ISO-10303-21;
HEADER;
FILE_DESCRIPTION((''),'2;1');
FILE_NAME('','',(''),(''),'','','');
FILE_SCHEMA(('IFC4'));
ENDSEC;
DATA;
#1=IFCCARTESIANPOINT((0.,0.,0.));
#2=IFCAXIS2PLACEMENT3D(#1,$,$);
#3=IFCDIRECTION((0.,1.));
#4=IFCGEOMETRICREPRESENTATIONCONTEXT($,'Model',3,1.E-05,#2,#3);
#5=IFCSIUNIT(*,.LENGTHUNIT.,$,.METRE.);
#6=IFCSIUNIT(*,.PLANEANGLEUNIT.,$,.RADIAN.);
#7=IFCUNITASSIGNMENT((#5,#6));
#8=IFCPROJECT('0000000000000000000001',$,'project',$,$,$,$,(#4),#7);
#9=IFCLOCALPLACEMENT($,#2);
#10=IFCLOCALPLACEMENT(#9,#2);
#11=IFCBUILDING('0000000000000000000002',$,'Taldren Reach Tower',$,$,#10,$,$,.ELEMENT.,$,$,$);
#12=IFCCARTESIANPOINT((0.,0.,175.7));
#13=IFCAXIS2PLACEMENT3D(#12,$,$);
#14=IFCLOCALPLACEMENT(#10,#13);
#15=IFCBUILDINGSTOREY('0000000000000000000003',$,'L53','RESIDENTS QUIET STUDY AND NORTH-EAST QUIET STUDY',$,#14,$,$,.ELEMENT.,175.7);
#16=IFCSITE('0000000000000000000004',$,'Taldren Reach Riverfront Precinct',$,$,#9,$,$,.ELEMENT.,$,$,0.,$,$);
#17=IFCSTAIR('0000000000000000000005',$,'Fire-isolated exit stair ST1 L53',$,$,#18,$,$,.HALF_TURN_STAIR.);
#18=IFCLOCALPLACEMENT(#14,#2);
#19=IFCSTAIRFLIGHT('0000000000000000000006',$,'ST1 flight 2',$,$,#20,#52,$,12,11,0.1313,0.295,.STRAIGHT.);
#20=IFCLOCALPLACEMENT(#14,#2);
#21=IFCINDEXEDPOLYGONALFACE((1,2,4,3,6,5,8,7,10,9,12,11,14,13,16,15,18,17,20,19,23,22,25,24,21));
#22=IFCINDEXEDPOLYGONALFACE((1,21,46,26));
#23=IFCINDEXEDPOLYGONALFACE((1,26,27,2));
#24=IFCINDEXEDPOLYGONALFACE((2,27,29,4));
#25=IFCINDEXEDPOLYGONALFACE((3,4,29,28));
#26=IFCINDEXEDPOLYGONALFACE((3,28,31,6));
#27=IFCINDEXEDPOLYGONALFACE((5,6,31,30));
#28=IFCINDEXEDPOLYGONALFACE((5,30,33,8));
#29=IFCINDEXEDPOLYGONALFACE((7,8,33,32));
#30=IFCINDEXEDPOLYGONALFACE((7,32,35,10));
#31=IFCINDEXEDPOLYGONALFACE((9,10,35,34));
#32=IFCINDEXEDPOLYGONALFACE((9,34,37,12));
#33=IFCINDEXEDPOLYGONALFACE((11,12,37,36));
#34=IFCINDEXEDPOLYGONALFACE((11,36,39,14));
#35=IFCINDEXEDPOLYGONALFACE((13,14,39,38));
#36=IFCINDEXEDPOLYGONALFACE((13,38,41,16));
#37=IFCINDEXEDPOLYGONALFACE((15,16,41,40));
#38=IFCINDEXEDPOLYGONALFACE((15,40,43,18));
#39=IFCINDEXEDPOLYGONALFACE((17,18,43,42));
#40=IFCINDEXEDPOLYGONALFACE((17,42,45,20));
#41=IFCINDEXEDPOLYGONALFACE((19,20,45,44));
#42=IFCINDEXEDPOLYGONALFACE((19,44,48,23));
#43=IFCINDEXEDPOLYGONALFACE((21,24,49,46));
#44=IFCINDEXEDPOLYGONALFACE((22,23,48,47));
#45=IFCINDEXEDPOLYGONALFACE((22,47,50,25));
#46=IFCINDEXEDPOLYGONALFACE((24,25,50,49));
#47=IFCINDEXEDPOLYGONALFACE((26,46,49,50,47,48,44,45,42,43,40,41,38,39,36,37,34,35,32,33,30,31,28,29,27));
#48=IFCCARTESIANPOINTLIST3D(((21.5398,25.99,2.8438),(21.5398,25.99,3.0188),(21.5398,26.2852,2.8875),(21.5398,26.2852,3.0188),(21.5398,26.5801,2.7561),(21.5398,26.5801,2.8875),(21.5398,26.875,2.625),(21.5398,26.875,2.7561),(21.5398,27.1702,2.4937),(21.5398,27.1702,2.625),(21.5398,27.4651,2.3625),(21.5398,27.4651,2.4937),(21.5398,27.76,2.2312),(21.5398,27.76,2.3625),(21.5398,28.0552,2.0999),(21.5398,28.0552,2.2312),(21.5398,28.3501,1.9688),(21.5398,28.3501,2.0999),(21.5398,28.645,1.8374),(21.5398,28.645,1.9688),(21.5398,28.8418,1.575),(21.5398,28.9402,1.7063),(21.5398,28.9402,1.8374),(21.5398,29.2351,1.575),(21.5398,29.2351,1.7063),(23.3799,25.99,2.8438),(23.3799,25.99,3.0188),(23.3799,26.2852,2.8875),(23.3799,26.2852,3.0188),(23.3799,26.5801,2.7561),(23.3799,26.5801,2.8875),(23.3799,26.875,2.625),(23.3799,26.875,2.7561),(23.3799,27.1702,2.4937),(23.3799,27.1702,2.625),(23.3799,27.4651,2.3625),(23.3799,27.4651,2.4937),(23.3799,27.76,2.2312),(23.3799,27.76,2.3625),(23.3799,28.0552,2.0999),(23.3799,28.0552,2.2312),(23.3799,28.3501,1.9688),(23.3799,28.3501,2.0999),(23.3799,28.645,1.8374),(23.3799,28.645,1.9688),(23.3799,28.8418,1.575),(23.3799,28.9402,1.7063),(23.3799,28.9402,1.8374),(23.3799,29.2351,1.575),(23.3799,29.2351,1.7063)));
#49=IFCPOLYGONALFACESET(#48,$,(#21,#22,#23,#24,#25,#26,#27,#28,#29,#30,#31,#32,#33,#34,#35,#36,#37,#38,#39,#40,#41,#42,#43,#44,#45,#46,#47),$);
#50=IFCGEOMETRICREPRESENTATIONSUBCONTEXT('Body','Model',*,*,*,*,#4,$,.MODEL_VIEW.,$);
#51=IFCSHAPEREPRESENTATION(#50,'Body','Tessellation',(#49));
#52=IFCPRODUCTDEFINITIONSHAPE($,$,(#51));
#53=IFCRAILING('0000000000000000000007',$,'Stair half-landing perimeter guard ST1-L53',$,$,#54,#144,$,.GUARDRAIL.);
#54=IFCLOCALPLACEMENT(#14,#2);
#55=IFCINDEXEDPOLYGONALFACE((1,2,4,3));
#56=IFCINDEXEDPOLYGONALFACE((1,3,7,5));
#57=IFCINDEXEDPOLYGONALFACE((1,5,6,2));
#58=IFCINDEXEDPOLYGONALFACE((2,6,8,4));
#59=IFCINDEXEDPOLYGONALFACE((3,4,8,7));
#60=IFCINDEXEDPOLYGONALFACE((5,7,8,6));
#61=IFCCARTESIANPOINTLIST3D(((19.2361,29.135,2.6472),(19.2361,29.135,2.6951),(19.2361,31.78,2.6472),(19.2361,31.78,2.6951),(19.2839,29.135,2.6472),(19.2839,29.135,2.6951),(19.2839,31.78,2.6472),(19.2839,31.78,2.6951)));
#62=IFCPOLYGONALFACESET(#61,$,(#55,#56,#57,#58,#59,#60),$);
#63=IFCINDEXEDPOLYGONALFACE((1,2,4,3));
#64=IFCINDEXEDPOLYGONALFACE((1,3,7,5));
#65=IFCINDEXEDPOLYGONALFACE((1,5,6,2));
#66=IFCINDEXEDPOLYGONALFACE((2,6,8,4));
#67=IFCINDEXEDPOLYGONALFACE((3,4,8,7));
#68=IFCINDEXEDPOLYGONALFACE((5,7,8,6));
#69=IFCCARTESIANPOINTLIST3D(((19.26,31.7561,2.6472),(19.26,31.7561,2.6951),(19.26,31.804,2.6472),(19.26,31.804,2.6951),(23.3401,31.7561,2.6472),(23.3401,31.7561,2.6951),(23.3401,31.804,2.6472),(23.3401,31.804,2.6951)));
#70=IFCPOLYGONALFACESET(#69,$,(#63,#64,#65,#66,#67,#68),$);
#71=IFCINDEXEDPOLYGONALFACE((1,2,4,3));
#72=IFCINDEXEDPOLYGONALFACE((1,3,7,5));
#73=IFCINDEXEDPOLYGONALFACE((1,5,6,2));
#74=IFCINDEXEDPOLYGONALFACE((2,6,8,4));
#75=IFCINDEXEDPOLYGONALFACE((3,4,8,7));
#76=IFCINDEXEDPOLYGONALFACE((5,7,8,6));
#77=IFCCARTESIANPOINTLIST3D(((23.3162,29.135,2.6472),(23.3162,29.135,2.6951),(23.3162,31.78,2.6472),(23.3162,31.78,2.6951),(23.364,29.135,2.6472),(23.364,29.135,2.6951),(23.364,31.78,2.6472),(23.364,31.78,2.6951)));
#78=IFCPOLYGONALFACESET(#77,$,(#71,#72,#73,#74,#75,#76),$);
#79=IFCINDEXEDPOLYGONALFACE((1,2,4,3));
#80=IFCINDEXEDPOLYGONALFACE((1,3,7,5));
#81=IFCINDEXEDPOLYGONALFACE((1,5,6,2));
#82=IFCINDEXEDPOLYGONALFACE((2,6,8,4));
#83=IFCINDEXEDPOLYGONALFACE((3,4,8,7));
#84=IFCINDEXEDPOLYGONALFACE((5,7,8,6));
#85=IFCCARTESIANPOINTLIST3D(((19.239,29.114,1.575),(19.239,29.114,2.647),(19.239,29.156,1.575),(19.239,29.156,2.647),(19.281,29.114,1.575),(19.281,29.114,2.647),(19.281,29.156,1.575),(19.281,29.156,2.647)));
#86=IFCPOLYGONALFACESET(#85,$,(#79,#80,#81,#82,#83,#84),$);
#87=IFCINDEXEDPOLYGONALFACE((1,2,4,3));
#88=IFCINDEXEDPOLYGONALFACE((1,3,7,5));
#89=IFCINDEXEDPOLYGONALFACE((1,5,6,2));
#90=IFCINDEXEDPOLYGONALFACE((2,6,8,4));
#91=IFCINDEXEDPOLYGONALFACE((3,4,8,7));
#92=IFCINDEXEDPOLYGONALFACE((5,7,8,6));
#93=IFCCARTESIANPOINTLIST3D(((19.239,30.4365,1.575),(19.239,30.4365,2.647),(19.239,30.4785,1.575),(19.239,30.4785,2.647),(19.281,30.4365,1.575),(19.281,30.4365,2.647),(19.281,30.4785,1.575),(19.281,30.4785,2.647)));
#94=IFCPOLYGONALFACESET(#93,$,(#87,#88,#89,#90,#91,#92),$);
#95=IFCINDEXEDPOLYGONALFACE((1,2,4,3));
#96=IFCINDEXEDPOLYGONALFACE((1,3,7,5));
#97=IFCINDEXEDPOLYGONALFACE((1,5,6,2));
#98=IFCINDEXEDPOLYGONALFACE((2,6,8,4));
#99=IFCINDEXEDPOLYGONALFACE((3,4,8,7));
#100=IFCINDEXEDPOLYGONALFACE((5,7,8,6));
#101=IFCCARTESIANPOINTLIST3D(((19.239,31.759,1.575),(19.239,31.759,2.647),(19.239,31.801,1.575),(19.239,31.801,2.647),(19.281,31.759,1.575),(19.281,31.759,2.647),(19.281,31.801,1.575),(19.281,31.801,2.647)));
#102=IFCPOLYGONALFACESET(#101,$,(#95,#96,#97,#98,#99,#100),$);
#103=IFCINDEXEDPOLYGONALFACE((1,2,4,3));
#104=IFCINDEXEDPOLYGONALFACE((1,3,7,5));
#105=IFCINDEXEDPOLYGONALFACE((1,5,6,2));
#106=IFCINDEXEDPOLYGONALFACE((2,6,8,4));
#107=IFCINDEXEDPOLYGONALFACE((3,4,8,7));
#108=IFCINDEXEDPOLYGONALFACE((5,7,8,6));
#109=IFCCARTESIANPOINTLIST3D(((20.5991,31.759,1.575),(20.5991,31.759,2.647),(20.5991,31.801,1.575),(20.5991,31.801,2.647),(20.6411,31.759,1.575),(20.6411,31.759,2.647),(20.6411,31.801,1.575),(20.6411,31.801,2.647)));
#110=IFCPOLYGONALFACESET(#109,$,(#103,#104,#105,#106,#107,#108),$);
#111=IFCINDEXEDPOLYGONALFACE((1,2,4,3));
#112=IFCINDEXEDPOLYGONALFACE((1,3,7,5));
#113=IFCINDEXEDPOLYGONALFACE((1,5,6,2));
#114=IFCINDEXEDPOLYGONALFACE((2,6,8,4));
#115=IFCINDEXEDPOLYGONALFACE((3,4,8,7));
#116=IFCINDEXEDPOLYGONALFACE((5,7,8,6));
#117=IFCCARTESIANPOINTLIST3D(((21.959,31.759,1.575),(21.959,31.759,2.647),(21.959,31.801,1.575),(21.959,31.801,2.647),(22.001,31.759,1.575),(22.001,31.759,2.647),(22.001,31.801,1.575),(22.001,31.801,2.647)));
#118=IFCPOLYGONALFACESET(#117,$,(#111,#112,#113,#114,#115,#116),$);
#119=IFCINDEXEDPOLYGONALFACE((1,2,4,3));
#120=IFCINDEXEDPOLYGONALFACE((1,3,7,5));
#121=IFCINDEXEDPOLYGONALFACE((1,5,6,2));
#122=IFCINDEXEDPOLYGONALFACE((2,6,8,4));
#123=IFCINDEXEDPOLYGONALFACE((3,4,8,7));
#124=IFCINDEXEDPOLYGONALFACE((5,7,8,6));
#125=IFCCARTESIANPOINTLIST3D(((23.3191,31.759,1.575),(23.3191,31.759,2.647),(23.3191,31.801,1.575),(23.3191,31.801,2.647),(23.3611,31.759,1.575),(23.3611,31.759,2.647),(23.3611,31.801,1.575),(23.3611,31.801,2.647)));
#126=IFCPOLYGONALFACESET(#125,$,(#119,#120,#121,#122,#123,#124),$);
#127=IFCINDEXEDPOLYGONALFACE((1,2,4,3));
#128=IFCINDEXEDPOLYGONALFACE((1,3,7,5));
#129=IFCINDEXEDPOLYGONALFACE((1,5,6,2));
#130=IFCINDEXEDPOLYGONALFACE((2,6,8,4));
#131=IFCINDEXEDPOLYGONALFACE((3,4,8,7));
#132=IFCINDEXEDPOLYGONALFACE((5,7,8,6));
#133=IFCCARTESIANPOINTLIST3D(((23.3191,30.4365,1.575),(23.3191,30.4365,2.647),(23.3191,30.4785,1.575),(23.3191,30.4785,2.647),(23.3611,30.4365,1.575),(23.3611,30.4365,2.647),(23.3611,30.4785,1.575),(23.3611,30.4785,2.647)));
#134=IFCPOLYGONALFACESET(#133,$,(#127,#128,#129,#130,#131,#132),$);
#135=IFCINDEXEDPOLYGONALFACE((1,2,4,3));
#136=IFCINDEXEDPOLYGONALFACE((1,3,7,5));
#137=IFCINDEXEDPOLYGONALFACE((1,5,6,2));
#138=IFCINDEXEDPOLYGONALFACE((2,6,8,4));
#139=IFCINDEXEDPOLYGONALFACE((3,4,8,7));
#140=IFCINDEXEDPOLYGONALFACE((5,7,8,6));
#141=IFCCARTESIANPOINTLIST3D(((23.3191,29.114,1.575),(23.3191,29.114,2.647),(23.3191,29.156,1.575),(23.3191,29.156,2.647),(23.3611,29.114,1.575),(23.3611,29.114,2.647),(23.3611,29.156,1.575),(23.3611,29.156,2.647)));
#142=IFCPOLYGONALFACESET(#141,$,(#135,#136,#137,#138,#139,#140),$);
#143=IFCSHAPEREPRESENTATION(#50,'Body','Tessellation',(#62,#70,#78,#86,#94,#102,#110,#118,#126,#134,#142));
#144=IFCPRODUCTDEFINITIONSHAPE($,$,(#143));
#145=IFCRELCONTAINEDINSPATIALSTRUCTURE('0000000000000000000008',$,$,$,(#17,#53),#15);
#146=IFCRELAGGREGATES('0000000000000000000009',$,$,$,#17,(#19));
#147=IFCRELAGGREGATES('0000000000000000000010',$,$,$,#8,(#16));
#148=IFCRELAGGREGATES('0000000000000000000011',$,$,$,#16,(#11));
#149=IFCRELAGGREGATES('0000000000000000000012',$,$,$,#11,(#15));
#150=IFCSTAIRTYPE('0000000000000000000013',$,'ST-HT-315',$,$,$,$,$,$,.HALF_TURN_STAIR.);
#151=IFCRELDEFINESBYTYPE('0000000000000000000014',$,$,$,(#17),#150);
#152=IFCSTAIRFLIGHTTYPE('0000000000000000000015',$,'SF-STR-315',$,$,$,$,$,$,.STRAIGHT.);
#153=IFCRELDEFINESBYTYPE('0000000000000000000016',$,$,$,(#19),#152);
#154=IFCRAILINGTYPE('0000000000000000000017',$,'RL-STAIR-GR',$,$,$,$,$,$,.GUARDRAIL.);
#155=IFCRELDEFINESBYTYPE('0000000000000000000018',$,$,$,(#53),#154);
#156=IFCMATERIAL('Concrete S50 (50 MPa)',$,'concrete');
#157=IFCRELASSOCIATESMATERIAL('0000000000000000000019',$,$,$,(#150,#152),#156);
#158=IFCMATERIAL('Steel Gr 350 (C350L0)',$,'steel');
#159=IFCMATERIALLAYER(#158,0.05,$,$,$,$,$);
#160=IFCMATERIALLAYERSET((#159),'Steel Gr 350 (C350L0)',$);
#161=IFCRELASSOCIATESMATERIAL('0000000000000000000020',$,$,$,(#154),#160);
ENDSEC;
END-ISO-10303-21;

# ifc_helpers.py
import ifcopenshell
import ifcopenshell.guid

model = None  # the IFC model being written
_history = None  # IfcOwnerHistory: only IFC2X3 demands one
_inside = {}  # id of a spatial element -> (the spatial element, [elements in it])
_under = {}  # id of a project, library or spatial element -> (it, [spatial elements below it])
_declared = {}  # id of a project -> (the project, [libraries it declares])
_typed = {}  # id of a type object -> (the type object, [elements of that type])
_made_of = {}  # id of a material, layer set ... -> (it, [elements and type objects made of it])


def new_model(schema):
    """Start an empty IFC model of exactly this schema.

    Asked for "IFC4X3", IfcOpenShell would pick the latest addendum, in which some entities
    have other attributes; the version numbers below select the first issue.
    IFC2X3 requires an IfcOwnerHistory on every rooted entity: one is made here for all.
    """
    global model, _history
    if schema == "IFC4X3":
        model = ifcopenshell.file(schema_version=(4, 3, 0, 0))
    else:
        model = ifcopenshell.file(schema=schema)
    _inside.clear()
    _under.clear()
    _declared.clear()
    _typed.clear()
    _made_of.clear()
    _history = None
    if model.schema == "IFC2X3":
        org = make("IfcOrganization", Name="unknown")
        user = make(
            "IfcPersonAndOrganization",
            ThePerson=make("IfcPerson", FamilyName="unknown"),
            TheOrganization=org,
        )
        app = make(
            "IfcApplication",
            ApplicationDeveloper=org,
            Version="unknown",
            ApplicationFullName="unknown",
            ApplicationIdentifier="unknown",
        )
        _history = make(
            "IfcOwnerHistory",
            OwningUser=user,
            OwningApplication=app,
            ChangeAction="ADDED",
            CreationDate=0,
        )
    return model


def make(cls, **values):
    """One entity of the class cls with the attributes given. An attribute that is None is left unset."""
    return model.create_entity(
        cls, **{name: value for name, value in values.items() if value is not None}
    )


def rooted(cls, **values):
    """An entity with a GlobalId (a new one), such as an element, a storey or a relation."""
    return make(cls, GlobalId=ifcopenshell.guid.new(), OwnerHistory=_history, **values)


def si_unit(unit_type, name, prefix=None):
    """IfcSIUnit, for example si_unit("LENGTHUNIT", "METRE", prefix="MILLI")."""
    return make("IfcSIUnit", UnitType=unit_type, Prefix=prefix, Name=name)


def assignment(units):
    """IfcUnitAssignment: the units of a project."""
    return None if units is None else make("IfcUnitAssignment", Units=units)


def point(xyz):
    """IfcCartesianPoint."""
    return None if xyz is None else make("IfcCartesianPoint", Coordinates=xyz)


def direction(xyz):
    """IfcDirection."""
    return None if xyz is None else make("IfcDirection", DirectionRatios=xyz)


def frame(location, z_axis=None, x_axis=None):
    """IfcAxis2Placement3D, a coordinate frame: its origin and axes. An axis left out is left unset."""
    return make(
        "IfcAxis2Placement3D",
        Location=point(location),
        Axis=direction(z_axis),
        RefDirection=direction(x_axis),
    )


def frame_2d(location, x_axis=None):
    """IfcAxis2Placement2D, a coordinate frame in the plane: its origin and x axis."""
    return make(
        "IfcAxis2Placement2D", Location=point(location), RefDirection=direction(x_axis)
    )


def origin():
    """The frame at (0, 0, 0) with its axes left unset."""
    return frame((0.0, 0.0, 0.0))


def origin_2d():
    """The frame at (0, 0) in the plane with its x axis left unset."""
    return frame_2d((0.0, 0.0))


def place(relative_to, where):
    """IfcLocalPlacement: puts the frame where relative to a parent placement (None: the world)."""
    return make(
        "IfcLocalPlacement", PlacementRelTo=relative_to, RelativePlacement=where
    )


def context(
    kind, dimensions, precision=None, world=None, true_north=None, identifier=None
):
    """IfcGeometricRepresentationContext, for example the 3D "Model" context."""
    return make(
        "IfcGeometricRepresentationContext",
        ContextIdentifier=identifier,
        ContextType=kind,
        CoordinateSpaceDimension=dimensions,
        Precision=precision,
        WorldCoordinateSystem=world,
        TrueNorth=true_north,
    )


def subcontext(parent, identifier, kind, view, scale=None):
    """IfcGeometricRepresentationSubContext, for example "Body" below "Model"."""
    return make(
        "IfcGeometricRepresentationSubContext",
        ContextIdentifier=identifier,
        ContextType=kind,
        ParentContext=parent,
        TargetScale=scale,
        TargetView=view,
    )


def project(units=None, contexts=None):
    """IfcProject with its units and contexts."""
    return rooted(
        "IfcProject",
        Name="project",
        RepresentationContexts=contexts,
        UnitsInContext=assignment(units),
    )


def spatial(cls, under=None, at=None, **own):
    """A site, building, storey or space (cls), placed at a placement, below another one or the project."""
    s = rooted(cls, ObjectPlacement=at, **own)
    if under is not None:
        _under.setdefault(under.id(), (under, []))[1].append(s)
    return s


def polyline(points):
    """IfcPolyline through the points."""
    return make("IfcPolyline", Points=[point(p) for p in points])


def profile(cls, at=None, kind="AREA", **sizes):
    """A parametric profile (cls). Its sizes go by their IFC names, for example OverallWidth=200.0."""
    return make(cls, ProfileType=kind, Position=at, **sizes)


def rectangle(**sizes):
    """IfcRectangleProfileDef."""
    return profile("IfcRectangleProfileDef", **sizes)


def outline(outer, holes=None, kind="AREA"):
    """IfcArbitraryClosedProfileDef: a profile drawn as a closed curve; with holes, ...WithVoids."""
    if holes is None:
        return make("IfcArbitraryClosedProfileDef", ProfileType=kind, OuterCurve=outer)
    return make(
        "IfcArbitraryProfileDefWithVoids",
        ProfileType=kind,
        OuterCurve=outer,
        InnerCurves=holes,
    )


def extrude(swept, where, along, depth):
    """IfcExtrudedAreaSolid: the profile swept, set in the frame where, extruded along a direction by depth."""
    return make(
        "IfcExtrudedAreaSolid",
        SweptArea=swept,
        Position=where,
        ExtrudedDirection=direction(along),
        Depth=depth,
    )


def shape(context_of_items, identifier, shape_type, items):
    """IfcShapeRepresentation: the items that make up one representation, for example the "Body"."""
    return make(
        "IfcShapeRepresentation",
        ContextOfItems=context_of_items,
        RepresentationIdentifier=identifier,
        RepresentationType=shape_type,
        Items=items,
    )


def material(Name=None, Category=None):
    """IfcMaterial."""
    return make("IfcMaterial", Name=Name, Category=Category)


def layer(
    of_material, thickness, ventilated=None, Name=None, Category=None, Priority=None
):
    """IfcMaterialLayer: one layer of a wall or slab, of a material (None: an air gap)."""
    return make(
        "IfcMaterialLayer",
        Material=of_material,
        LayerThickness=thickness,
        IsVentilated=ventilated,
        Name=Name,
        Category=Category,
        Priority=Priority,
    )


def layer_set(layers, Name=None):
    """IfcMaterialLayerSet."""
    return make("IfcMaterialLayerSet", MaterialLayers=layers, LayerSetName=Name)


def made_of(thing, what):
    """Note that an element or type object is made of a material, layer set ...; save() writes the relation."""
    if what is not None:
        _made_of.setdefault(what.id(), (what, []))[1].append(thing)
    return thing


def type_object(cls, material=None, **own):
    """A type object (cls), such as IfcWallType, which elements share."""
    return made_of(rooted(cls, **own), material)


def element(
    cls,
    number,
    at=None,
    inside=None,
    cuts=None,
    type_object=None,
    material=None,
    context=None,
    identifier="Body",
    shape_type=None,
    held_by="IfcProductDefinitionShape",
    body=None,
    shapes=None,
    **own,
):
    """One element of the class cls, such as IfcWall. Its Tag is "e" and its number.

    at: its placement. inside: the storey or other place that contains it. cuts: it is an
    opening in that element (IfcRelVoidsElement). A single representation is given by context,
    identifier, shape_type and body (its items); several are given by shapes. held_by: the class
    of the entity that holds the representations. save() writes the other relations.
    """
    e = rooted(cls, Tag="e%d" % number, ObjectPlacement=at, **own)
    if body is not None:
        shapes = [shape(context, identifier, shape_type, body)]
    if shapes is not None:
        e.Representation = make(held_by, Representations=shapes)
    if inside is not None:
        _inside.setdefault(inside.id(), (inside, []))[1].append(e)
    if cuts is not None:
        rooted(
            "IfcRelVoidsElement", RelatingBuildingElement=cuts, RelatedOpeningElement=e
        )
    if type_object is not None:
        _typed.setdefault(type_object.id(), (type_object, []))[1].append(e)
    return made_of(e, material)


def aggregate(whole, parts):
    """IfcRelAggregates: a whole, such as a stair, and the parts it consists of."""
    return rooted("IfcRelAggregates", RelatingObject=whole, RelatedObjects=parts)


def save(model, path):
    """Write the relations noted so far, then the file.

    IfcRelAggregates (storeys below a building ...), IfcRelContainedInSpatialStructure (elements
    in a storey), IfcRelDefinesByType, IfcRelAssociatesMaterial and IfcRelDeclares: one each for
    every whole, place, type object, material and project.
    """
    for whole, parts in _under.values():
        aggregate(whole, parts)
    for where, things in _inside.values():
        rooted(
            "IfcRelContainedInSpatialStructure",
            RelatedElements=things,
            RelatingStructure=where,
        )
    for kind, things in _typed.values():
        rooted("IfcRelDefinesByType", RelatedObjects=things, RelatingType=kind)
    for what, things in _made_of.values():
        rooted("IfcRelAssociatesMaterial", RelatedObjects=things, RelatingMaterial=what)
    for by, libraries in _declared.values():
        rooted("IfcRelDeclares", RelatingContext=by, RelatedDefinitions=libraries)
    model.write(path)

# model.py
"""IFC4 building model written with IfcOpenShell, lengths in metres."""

from ifc_helpers import new_model, si_unit, direction, frame, origin, origin_2d, place, context, subcontext, project, spatial, polyline, rectangle, outline, extrude, material, layer, layer_set, type_object, element, aggregate, save


model = new_model("IFC4")

# Units and contexts
model_context = context("Model", 3, precision=1e-05, world=origin(), true_north=direction((0.0, 1.0)))
body_context = subcontext(model_context, "Body", "Model", "MODEL_VIEW")
ifc_project = project(units=[si_unit("LENGTHUNIT", "METRE"), si_unit("PLANEANGLEUNIT", "RADIAN")], contexts=[model_context])

# Site, building, storey
site_placement = place(None, origin())
site = spatial("IfcSite", under=ifc_project, at=site_placement, Name="Taldren Reach Riverfront Precinct", CompositionType="ELEMENT", RefElevation=0.0)
building_placement = place(site_placement, origin())
building = spatial("IfcBuilding", under=site, at=building_placement, Name="Taldren Reach Tower", CompositionType="ELEMENT")
storey_placement = place(building_placement, frame((0.0, 0.0, 175.7)))
storey = spatial("IfcBuildingStorey", under=building, at=storey_placement, Name="L53", Description="RESIDENTS QUIET STUDY AND NORTH-EAST QUIET STUDY", CompositionType="ELEMENT", Elevation=175.7)

# Shared definitions
ifc_material_1 = material(Name="Steel Gr 350 (C350L0)", Category="steel")

# Stair, stair flight
ifc_material_2 = material(Name="Concrete S50 (50 MPa)", Category="concrete")
stair_type = type_object("IfcStairType", Name="ST-HT-315", PredefinedType="HALF_TURN_STAIR", material=ifc_material_2)
stair_placement = place(storey_placement, origin())
stair = element("IfcStair", 1, at=stair_placement, inside=storey, type_object=stair_type, Name="Fire-isolated exit stair ST1 L53", PredefinedType="HALF_TURN_STAIR")
stair_flight_type = type_object("IfcStairFlightType", Name="SF-STR-315", PredefinedType="STRAIGHT", material=ifc_material_2)
stair_flight_1_placement = place(storey_placement, frame((22.46, 29.2351, 1.575), z_axis=(0.0, 0.0, 1.0), x_axis=(0.0, -1.0, 0.0)))
stair_flight_1 = element("IfcStairFlight", 2, at=stair_flight_1_placement, type_object=stair_flight_type, Name="ST1 flight 2", NumberOfRisers=12, NumberOfTreads=11, PredefinedType="STRAIGHT", RiserHeight=0.1313, TreadLength=0.295, context=body_context, shape_type="SweptSolid", body=[
    extrude(outline(polyline([(0.0, 0.0), (0.0, 0.1313), (0.2949, 0.1313), (0.2949, 0.2625), (0.5901, 0.2625), (0.5901, 0.3938), (0.885, 0.3938), (0.885, 0.5249), (1.1799, 0.5249), (1.1799, 0.6562), (1.4751, 0.6562), (1.4751, 0.7876), (1.77, 0.7876), (1.77, 0.9187), (2.0649, 0.9187), (2.0649, 1.05), (2.3601, 1.05), (2.3601, 1.1812), (2.655, 1.1812), (2.655, 1.3125), (2.95, 1.3125), (2.95, 1.4438), (3.2451, 1.4438), (3.2451, 1.575), (3.2451, 1.2688), (0.3933, 0.0), (0.0, 0.0)])), frame((0.0, 0.9199, 0.0), z_axis=(0.0, -1.0, 0.0), x_axis=(1.0, 0.0, 0.0)), (0.0, 0.0, 1.0), 1.8401),
])
aggregate(stair, [stair_flight_1])

# Railing
ifc_layer_1 = layer(ifc_material_1, 0.05)
ifc_layer_set_1 = layer_set([ifc_layer_1], Name="Steel Gr 350 (C350L0)")
railing_type_1 = type_object("IfcRailingType", Name="RL-STAIR-GR", PredefinedType="GUARDRAIL", material=ifc_layer_set_1)
railing_1_placement = place(storey_placement, frame((19.26, 29.135, 1.575)))
element("IfcRailing", 3, at=railing_1_placement, inside=storey, type_object=railing_type_1, Name="Stair half-landing perimeter guard ST1-L53", PredefinedType="GUARDRAIL", context=body_context, shape_type="SweptSolid", body=[
    extrude(rectangle(XDim=0.0479, YDim=0.0479, at=origin_2d()), frame((0.0, 0.0, 1.0962), z_axis=(0.0, 1.0, 0.0), x_axis=(-1.0, 0.0, 0.0)), (0.0, 0.0, 1.0), 2.645),
    extrude(rectangle(XDim=0.0479, YDim=0.0479, at=origin_2d()), frame((0.0, 2.645, 1.0962), z_axis=(1.0, 0.0, 0.0), x_axis=(0.0, 1.0, 0.0)), (0.0, 0.0, 1.0), 4.0801),
    extrude(rectangle(XDim=0.0479, YDim=0.0479, at=origin_2d()), frame((4.0801, 2.645, 1.0962), z_axis=(0.0, -1.0, 0.0), x_axis=(1.0, 0.0, 0.0)), (0.0, 0.0, 1.0), 2.645),
    extrude(rectangle(XDim=0.042, YDim=0.042, at=origin_2d()), origin(), (0.0, 0.0, 1.0), 1.072),
    extrude(rectangle(XDim=0.042, YDim=0.042, at=origin_2d()), frame((0.0, 1.3225, 0.0)), (0.0, 0.0, 1.0), 1.072),
    extrude(rectangle(XDim=0.042, YDim=0.042, at=origin_2d()), frame((0.0, 2.645, 0.0)), (0.0, 0.0, 1.0), 1.072),
    extrude(rectangle(XDim=0.042, YDim=0.042, at=origin_2d()), frame((1.3601, 2.645, 0.0)), (0.0, 0.0, 1.0), 1.072),
    extrude(rectangle(XDim=0.042, YDim=0.042, at=origin_2d()), frame((2.72, 2.645, 0.0)), (0.0, 0.0, 1.0), 1.072),
    extrude(rectangle(XDim=0.042, YDim=0.042, at=origin_2d()), frame((4.0801, 2.645, 0.0)), (0.0, 0.0, 1.0), 1.072),
    extrude(rectangle(XDim=0.042, YDim=0.042, at=origin_2d()), frame((4.0801, 1.3225, 0.0)), (0.0, 0.0, 1.0), 1.072),
    extrude(rectangle(XDim=0.042, YDim=0.042, at=origin_2d()), frame((4.0801, 0.0, 0.0)), (0.0, 0.0, 1.0), 1.072),
])

save(model, "model.ifc")
